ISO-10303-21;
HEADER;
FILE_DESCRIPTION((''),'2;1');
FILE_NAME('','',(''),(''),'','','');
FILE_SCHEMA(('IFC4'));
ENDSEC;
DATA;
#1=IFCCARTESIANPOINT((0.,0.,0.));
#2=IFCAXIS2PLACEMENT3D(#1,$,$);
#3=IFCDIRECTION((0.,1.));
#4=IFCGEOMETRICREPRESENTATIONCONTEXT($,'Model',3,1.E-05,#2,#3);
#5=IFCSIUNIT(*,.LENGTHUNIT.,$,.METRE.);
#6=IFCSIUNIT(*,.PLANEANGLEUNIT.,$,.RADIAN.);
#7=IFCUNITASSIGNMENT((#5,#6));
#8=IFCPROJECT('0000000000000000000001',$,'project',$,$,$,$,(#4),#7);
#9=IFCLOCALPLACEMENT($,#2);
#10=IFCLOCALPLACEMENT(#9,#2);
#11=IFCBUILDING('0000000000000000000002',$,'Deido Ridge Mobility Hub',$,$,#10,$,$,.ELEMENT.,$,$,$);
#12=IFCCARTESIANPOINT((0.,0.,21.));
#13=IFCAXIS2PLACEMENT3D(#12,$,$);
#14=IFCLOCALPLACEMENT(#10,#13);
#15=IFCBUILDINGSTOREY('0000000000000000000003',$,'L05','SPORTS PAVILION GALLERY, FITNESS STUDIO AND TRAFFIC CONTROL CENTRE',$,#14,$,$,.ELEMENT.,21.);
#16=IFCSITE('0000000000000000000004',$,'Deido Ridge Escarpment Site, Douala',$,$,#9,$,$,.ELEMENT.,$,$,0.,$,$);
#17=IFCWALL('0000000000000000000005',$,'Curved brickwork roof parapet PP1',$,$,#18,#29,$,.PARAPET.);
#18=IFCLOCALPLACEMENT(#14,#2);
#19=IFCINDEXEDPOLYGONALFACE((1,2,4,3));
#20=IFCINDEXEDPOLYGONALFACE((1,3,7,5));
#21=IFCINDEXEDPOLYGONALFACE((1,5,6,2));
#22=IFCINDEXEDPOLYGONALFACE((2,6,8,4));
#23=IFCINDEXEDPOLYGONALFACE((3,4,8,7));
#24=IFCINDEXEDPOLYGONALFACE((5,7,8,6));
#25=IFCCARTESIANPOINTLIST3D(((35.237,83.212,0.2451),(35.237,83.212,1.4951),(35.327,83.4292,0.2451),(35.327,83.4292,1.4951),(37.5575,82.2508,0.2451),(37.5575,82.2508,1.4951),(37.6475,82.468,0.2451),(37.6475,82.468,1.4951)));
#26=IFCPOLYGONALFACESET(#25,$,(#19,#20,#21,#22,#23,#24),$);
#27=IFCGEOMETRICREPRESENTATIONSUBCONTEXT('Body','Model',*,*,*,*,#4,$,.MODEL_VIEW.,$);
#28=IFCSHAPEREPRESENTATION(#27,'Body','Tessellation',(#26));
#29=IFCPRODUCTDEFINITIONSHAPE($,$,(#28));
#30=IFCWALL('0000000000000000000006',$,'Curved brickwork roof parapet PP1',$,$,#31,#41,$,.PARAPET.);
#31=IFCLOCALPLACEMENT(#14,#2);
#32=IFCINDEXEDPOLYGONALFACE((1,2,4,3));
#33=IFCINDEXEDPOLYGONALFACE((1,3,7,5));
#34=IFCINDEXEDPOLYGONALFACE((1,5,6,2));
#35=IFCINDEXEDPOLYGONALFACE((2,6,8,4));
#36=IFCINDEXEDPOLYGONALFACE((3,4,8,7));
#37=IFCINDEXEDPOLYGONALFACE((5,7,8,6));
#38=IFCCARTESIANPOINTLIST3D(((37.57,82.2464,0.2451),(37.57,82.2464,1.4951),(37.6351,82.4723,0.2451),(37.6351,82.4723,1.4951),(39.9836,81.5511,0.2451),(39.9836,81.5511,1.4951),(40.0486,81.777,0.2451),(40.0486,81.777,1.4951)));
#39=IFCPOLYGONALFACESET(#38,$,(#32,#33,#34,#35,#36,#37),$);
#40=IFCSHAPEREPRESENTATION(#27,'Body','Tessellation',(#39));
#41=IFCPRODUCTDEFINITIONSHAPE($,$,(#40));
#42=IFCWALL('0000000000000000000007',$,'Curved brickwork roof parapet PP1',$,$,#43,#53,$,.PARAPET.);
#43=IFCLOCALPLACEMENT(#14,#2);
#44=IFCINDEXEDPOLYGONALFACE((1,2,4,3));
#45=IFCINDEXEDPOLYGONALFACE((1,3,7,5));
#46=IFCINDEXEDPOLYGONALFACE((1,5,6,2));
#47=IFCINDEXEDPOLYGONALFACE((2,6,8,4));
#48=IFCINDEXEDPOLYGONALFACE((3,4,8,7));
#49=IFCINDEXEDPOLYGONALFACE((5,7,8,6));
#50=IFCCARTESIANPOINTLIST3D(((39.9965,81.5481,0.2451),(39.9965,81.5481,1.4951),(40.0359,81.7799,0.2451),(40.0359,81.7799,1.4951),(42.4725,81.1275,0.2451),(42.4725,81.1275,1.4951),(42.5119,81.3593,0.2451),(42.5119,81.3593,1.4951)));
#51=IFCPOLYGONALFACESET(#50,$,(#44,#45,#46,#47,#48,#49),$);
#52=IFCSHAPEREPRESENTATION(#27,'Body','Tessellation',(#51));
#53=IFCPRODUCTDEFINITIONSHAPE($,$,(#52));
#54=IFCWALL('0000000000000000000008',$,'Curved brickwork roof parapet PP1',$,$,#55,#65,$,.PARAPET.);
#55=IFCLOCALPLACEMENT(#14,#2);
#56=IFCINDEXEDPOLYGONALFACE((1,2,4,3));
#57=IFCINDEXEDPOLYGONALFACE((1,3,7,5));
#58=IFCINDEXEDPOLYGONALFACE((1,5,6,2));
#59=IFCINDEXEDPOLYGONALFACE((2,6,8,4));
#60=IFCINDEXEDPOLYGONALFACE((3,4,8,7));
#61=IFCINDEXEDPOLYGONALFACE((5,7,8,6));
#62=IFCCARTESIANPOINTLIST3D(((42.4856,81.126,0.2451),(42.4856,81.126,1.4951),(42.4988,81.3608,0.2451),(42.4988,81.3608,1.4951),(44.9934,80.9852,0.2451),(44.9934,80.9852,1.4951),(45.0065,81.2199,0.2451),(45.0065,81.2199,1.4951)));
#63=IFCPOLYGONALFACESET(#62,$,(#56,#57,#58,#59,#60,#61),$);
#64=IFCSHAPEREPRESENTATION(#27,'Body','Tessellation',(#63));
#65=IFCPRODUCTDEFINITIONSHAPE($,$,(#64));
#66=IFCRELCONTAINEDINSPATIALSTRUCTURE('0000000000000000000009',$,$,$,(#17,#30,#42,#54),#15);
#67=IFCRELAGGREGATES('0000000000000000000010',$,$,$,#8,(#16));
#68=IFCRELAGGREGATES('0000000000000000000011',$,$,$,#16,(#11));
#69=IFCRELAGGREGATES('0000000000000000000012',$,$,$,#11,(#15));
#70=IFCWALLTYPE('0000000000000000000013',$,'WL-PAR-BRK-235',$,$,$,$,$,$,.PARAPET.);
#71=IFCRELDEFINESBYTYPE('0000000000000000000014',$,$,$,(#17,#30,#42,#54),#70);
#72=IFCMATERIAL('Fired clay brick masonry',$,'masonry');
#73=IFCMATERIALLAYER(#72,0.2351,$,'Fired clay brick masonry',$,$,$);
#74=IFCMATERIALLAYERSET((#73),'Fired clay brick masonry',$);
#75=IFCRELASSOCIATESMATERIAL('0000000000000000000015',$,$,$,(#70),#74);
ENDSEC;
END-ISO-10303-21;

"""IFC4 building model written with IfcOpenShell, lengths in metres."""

from ifc_helpers import new_model, si_unit, direction, frame, frame_2d, origin, place, context, subcontext, project, spatial, rectangle, extrude, material, layer, layer_set, type_object, element, save


model = new_model("IFC4")

# Units and contexts
model_context = context("Model", 3, precision=1e-05, world=origin(), true_north=direction((0.0, 1.0)))
body_context = subcontext(model_context, "Body", "Model", "MODEL_VIEW")
ifc_project = project(units=[si_unit("LENGTHUNIT", "METRE"), si_unit("PLANEANGLEUNIT", "RADIAN")], contexts=[model_context])

# Site, building, storey
site_placement = place(None, origin())
site = spatial("IfcSite", under=ifc_project, at=site_placement, Name="Deido Ridge Escarpment Site, Douala", CompositionType="ELEMENT", RefElevation=0.0)
building_placement = place(site_placement, origin())
building = spatial("IfcBuilding", under=site, at=building_placement, Name="Deido Ridge Mobility Hub", CompositionType="ELEMENT")
storey_placement = place(building_placement, frame((0.0, 0.0, 21.0)))
storey = spatial("IfcBuildingStorey", under=building, at=storey_placement, Name="L05", Description="SPORTS PAVILION GALLERY, FITNESS STUDIO AND TRAFFIC CONTROL CENTRE", CompositionType="ELEMENT", Elevation=21.0)

# Walls
ifc_material_1 = material(Name="Fired clay brick masonry", Category="masonry")
ifc_layer = layer(ifc_material_1, 0.2351, Name="Fired clay brick masonry")
ifc_layer_set = layer_set([ifc_layer], Name="Fired clay brick masonry")
wall_type = type_object("IfcWallType", Name="WL-PAR-BRK-235", PredefinedType="PARAPET", material=ifc_layer_set)
for number, where, z_axis, x_axis, name in (
    (1, (35.282, 83.3206, 0.2451), (0.0, 0.0, 1.0), (0.923883, -0.382675, 0.0), "Curved brickwork roof parapet PP1"),
    (2, (37.6025, 82.3594, 0.2451), (0.0, 0.0, 1.0), (0.96092, -0.276826, 0.0), "Curved brickwork roof parapet PP1"),
):
    element("IfcWall", number, at=place(storey_placement, frame(where, z_axis=z_axis, x_axis=x_axis)), inside=storey, type_object=wall_type, Name=name, PredefinedType="PARAPET", context=body_context, shape_type="SweptSolid", body=[
        extrude(rectangle(XDim=2.5117, YDim=0.2351, at=frame_2d((1.2559, 0.0))), origin(), (0.0, 0.0, 1.0), 1.25),
    ])
wall_1_placement = place(storey_placement, frame((40.0161, 81.6641, 0.2451), z_axis=(0.0, 0.0, 1.0), x_axis=(0.985874, -0.167488, 0.0)))
element("IfcWall", 3, at=wall_1_placement, inside=storey, type_object=wall_type, Name="Curved brickwork roof parapet PP1", PredefinedType="PARAPET", context=body_context, shape_type="SweptSolid", body=[
    extrude(rectangle(XDim=2.5115, YDim=0.2351, at=frame_2d((1.2559, 0.0))), origin(), (0.0, 0.0, 1.0), 1.25),
])
wall_2_placement = place(storey_placement, frame((42.4922, 81.2434, 0.2451), z_axis=(0.0, 0.0, 1.0), x_axis=(0.998426, -0.056084, 0.0)))
element("IfcWall", 4, at=wall_2_placement, inside=storey, type_object=wall_type, Name="Curved brickwork roof parapet PP1", PredefinedType="PARAPET", context=body_context, shape_type="SweptSolid", body=[
    extrude(rectangle(XDim=2.5117, YDim=0.2351, at=frame_2d((1.2559, 0.0))), origin(), (0.0, 0.0, 1.0), 1.25),
])

save(model, "model.ifc")
